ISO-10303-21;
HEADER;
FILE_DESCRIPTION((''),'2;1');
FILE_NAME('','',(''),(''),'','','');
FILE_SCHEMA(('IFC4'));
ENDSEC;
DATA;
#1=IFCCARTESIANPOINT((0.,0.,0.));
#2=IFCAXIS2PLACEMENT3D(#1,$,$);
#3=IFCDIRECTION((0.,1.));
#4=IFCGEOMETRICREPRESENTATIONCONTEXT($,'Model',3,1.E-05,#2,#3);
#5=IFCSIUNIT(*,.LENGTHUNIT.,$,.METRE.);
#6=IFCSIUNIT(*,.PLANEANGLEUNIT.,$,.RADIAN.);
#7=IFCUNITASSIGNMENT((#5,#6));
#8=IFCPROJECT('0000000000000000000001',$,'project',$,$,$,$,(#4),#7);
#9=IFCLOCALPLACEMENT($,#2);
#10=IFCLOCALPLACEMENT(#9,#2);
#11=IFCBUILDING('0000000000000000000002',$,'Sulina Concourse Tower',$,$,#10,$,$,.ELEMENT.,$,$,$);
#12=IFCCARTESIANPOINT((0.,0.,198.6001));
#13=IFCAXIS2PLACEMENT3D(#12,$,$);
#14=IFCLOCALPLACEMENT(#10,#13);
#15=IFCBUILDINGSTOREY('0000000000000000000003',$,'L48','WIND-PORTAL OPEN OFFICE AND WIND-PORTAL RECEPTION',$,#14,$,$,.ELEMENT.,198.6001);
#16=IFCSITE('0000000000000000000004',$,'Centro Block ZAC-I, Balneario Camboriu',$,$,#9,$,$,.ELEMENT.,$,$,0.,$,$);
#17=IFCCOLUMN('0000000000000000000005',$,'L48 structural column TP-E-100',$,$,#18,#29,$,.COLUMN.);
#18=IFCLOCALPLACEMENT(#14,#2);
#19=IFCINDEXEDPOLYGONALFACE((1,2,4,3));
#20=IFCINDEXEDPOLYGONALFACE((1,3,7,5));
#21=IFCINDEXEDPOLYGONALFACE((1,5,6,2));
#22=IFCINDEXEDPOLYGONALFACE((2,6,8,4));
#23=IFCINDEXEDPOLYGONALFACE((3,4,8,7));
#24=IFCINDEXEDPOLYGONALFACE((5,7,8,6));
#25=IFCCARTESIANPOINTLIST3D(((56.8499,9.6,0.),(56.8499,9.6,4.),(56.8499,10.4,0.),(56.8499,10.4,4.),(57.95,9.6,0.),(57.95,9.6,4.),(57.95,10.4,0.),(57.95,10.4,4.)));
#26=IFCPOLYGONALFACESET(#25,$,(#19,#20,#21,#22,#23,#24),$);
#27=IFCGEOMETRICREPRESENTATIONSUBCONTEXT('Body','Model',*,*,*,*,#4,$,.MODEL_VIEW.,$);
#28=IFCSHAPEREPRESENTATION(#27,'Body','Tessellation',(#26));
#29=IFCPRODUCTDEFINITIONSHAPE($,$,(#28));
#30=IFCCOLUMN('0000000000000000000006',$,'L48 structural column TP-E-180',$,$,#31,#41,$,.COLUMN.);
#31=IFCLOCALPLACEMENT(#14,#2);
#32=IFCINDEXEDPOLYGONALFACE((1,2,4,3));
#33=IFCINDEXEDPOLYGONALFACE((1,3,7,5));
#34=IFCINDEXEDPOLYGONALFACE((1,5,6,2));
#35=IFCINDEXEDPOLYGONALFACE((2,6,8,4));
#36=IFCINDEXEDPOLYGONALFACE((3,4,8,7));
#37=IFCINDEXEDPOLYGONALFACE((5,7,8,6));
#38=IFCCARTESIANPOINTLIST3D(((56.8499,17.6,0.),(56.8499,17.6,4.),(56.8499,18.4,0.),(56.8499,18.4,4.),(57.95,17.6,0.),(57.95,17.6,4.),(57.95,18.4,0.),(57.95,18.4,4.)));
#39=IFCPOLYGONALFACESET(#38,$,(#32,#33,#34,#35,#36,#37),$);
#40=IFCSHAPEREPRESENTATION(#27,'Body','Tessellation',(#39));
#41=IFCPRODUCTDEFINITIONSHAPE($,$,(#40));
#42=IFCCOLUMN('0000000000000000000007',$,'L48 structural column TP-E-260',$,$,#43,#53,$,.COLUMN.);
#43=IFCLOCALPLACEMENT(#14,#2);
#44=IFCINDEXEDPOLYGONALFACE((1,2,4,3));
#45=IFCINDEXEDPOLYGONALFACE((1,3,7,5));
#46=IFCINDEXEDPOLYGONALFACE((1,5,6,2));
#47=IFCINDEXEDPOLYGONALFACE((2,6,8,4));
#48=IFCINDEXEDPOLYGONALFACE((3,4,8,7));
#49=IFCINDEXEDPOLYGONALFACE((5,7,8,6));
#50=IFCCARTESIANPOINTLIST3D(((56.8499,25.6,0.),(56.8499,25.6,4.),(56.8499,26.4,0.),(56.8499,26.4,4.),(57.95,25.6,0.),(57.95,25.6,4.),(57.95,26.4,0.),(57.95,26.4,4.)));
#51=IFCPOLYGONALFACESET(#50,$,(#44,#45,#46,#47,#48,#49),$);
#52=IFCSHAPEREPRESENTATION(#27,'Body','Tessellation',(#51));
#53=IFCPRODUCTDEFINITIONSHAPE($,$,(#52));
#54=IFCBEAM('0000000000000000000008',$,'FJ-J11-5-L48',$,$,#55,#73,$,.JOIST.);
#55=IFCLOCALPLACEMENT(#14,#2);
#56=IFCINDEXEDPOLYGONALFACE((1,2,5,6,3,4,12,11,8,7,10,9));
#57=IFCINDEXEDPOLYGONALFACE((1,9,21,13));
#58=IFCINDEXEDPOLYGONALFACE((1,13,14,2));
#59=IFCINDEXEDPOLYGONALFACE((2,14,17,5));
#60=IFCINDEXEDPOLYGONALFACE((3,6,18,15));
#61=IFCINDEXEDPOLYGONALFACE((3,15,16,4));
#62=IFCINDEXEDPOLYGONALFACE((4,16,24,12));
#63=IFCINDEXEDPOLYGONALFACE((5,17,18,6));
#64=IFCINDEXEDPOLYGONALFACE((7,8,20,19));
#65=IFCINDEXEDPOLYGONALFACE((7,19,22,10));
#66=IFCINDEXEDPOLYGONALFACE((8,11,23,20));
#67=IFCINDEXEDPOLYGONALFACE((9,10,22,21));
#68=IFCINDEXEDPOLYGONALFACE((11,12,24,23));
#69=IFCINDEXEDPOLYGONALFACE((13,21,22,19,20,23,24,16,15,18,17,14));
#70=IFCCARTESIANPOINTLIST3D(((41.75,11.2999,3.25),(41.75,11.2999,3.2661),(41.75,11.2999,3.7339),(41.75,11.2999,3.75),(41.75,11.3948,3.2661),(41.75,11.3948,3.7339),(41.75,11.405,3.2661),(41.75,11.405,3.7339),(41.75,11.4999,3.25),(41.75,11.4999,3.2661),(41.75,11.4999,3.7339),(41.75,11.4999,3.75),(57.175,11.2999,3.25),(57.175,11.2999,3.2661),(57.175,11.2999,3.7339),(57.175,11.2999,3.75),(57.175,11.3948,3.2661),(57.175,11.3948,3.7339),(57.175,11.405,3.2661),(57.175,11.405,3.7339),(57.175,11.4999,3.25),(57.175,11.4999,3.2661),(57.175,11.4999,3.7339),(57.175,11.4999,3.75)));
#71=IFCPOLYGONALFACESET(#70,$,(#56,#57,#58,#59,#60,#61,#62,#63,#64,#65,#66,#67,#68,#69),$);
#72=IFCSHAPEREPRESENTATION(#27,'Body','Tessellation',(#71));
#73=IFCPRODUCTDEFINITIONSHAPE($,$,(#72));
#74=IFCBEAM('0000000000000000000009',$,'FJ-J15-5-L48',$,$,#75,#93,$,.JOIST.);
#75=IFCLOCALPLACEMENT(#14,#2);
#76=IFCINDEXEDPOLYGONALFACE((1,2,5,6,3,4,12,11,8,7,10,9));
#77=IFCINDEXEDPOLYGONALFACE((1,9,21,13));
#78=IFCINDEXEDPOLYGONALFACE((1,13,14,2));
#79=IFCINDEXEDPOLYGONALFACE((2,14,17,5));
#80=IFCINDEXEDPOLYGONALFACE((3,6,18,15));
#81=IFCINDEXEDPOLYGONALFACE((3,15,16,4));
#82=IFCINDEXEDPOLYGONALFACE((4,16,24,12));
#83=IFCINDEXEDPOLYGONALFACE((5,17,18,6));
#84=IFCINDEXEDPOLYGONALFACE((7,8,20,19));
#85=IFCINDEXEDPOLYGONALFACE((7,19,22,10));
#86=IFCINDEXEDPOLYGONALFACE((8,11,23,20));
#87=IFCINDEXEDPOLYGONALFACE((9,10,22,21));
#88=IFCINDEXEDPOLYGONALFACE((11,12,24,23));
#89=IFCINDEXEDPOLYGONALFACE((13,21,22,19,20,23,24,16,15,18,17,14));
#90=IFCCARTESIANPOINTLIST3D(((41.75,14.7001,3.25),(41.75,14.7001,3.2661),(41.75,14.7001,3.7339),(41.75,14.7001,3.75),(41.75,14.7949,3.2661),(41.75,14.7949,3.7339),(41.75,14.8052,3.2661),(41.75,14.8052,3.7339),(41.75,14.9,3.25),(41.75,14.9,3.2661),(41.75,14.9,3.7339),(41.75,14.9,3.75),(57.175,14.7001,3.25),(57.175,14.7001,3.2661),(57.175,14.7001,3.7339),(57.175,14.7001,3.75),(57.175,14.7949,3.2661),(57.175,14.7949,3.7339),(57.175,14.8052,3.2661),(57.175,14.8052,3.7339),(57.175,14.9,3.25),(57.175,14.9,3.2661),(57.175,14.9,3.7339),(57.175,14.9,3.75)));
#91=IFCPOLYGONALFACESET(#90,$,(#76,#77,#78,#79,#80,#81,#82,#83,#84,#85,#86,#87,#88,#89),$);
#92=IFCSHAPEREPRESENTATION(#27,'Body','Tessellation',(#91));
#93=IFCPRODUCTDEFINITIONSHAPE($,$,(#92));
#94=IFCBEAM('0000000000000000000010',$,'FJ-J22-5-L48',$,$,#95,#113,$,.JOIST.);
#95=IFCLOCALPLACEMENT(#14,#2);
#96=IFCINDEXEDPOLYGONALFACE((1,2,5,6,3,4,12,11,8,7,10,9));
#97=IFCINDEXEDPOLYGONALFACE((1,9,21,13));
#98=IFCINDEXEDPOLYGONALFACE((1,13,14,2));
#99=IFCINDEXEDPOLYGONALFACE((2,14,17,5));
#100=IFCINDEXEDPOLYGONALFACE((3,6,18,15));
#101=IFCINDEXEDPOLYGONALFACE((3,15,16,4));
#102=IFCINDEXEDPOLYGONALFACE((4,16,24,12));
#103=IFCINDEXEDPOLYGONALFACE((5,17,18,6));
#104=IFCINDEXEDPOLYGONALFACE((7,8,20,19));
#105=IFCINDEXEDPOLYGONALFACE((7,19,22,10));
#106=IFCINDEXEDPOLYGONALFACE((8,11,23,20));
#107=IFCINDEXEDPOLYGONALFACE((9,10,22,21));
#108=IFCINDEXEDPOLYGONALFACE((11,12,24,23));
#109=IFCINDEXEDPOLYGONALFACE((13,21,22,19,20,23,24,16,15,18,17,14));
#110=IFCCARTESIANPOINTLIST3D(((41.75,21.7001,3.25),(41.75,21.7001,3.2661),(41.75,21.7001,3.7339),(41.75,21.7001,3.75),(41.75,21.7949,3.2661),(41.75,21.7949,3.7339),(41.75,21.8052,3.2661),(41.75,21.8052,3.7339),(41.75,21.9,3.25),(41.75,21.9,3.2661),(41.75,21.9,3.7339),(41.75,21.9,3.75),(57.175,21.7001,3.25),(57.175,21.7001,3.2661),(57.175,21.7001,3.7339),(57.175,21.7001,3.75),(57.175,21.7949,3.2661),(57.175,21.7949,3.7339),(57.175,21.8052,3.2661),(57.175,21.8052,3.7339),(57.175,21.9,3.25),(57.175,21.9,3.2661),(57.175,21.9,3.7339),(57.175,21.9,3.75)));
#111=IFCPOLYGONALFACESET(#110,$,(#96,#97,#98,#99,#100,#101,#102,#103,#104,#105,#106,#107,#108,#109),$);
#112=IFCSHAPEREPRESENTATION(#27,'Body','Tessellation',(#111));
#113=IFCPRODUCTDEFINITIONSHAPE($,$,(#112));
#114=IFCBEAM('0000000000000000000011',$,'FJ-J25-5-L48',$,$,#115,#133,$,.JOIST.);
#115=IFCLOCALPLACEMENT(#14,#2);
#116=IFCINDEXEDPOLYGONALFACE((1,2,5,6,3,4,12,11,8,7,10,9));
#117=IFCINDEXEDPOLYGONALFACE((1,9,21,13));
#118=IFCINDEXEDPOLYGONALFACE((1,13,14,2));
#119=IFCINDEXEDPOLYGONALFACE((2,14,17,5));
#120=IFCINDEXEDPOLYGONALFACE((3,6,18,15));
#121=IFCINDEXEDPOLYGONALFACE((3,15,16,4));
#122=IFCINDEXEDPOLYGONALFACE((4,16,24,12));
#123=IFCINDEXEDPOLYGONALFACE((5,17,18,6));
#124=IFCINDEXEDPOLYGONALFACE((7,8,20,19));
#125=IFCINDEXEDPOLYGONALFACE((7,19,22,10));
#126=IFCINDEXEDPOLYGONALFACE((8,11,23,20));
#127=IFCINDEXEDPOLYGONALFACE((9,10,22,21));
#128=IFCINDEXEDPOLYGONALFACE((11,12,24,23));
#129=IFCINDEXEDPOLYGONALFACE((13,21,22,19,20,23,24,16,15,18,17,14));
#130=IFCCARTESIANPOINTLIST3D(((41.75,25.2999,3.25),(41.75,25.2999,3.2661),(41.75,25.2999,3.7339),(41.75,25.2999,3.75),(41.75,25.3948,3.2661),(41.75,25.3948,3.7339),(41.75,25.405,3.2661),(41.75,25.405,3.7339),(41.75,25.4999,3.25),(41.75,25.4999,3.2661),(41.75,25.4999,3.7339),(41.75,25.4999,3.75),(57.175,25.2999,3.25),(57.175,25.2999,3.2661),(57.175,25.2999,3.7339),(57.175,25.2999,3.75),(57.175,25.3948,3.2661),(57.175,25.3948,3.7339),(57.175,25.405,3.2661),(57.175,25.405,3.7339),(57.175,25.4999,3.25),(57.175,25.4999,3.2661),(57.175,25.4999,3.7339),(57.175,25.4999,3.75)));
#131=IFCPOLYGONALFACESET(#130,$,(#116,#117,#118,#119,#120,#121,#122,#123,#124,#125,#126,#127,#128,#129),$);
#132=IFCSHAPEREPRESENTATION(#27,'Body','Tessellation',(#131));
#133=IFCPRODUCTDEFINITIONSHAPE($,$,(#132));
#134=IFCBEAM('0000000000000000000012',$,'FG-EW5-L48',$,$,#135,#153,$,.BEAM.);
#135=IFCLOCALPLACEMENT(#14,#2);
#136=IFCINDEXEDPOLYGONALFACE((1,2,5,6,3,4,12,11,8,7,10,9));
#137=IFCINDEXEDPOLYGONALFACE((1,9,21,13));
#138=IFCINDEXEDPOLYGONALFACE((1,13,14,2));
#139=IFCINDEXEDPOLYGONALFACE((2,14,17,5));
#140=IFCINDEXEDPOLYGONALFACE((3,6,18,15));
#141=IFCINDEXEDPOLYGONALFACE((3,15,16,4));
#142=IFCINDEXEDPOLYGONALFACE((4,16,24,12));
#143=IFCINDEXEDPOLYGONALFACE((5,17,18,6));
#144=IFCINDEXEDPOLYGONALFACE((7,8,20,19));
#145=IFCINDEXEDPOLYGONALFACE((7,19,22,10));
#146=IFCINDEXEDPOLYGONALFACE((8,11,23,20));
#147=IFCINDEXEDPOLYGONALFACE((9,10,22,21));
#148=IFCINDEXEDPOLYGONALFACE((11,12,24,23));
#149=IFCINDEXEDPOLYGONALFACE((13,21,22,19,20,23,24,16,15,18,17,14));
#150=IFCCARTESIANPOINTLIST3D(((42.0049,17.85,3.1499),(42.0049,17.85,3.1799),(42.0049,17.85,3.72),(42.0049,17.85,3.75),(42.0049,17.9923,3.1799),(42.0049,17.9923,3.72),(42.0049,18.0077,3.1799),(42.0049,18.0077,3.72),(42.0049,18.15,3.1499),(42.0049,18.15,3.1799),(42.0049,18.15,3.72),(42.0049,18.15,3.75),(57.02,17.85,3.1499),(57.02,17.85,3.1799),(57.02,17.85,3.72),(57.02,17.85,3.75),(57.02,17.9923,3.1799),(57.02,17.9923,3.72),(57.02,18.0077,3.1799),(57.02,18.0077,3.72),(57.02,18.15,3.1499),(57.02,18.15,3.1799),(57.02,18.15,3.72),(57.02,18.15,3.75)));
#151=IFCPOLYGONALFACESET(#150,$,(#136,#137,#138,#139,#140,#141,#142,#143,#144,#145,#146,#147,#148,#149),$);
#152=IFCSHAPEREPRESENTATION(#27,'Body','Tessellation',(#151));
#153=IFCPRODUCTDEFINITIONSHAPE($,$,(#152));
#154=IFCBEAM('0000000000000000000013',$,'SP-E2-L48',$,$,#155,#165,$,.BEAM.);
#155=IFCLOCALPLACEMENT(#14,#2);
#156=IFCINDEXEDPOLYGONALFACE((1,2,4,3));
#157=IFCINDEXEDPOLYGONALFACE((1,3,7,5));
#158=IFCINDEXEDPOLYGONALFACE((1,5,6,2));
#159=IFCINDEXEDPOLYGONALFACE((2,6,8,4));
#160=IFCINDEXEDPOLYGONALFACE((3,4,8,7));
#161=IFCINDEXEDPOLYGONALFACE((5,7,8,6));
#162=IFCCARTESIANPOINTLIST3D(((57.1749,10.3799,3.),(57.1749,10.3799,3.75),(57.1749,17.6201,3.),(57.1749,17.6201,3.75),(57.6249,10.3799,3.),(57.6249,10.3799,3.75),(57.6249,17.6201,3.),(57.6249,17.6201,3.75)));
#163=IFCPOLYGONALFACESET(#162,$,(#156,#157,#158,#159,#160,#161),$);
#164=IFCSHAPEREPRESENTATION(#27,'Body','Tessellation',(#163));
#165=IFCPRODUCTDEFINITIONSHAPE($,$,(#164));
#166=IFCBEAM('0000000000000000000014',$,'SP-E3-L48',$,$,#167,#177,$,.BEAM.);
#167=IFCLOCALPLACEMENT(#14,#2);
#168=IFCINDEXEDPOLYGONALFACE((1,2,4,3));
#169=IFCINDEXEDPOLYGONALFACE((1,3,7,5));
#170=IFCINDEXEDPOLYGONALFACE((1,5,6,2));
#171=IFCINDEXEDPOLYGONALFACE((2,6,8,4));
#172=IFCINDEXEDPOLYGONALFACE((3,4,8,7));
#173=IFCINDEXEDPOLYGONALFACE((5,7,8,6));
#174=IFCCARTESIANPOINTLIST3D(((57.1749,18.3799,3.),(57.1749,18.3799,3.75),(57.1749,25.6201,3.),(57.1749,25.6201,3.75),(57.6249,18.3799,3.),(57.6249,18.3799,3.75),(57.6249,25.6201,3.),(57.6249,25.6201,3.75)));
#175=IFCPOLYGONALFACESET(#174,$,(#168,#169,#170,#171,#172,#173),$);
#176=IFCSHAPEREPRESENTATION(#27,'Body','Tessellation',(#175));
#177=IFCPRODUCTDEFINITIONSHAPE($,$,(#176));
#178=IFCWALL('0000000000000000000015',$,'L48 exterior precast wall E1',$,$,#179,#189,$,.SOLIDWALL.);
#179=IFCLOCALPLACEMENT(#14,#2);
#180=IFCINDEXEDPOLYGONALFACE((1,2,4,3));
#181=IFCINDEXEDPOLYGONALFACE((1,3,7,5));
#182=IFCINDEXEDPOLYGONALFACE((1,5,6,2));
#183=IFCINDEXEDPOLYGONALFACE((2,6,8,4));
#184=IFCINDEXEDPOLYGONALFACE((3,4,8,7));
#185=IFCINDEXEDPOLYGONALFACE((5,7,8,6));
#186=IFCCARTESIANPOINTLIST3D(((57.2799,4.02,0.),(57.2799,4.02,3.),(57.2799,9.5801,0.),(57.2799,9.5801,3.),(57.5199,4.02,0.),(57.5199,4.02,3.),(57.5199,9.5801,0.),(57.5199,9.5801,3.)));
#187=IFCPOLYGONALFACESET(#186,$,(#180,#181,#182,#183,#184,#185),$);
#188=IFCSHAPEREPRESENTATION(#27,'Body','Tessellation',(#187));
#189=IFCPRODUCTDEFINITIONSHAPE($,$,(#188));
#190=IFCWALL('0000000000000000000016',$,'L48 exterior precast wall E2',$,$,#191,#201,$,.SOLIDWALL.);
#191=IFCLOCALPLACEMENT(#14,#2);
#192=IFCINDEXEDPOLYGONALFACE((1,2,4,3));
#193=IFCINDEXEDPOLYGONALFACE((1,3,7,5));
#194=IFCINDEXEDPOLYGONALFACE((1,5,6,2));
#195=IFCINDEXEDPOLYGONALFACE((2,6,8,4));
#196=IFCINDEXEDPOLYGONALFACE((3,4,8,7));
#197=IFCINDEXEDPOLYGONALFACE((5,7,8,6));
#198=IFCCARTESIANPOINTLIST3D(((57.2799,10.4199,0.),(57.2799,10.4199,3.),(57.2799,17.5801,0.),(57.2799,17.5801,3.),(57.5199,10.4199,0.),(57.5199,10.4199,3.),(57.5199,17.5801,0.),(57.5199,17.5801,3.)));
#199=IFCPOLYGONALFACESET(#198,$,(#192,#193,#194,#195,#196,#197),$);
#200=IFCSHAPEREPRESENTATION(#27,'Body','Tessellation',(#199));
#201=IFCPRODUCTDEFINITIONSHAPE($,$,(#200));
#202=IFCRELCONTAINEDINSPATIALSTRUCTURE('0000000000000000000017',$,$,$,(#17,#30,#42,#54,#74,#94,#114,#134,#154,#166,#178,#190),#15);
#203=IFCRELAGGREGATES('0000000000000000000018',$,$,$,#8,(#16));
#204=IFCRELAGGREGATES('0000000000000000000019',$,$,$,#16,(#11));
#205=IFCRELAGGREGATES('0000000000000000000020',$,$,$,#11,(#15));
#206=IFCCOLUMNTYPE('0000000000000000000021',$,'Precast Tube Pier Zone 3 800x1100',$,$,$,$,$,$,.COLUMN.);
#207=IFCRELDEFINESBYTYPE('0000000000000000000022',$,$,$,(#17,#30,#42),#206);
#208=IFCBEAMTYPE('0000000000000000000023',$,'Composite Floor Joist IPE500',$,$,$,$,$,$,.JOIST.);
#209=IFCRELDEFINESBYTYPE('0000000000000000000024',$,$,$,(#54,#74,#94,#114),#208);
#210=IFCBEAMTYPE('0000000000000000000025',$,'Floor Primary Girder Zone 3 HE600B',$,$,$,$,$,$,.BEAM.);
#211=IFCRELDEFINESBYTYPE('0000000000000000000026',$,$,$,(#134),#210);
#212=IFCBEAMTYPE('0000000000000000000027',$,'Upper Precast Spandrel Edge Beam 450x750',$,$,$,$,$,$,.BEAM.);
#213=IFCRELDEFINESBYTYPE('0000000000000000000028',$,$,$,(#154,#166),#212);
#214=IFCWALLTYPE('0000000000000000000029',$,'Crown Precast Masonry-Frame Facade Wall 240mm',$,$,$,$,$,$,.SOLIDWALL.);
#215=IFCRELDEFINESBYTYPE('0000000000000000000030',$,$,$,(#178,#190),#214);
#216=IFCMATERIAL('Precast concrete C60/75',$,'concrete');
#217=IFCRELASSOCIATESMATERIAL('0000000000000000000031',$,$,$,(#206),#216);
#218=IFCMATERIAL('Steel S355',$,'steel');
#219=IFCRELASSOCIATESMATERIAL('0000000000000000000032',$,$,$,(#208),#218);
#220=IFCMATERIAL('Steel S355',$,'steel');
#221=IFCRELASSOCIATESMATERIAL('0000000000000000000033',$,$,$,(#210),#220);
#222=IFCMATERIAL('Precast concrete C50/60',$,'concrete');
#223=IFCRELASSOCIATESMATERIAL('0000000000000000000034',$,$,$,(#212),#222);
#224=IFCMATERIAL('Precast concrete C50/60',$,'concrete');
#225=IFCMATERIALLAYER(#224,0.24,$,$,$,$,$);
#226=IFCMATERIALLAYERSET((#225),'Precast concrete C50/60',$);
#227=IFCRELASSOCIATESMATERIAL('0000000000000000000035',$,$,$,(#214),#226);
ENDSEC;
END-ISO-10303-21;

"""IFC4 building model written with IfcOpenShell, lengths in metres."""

from ifc_helpers import new_model, si_unit, direction, frame, frame_2d, origin, origin_2d, place, context, subcontext, project, spatial, rectangle, i_section, extrude, material, layer, layer_set, material_profile, profile_set, type_object, element, save


model = new_model("IFC4")

# Units and contexts
model_context = context("Model", 3, precision=1e-05, world=origin(), true_north=direction((0.0, 1.0)))
body_context = subcontext(model_context, "Body", "Model", "MODEL_VIEW")
ifc_project = project(units=[si_unit("LENGTHUNIT", "METRE"), si_unit("PLANEANGLEUNIT", "RADIAN")], contexts=[model_context])

# Site, building, storey
site_placement = place(None, origin())
site = spatial("IfcSite", under=ifc_project, at=site_placement, Name="Centro Block ZAC-I, Balneario Camboriu", CompositionType="ELEMENT", RefElevation=0.0)
building_placement = place(site_placement, origin())
building = spatial("IfcBuilding", under=site, at=building_placement, Name="Sulina Concourse Tower", CompositionType="ELEMENT")
storey_placement = place(building_placement, frame((0.0, 0.0, 198.6001)))
storey = spatial("IfcBuildingStorey", under=building, at=storey_placement, Name="L48", Description="WIND-PORTAL OPEN OFFICE AND WIND-PORTAL RECEPTION", CompositionType="ELEMENT", Elevation=198.6001)

# Columns
ifc_material_1 = material(Name="Precast concrete C60/75", Category="concrete")
ifc_material_profile_1 = material_profile(ifc_material_1, rectangle(XDim=0.8, YDim=1.1001, at=origin_2d()), Name="PC 800x1100")
ifc_profile_set_1 = profile_set([ifc_material_profile_1], Name="Precast concrete C60/75")
column_type = type_object("IfcColumnType", Name="Precast Tube Pier Zone 3 800x1100", PredefinedType="COLUMN", material=ifc_profile_set_1)
for number, where, z_axis, x_axis, name in (
    (1, (57.3999, 10.0, 0.0), (0.0, 0.0, 1.0), (0.0, 1.0, 0.0), "L48 structural column TP-E-100"),
    (2, (57.3999, 18.0, 0.0), (0.0, 0.0, 1.0), (0.0, 1.0, 0.0), "L48 structural column TP-E-180"),
    (3, (57.3999, 26.0, 0.0), (0.0, 0.0, 1.0), (0.0, 1.0, 0.0), "L48 structural column TP-E-260"),
):
    element("IfcColumn", number, at=place(storey_placement, frame(where, z_axis=z_axis, x_axis=x_axis)), inside=storey, type_object=column_type, Name=name, PredefinedType="COLUMN", context=body_context, shape_type="SweptSolid", body=[
        extrude(rectangle(XDim=0.8, YDim=1.1001, at=origin_2d()), origin(), (0.0, 0.0, 1.0), 4.0),
    ])

# Beams
ifc_material_2 = material(Name="Steel S355", Category="steel")
ifc_material_profile_2 = material_profile(ifc_material_2, i_section(OverallWidth=0.2, OverallDepth=0.5, WebThickness=0.0103, FlangeThickness=0.0161, at=origin_2d()), Name="IPE 500")
ifc_profile_set_2 = profile_set([ifc_material_profile_2], Name="Steel S355")
beam_type_1 = type_object("IfcBeamType", Name="Composite Floor Joist IPE500", PredefinedType="JOIST", material=ifc_profile_set_2)
for number, where, z_axis, x_axis, name in (
    (4, (41.75, 11.3999, 3.5), (1.0, 0.0, 0.0), (0.0, 1.0, 0.0), "FJ-J11-5-L48"),
    (5, (41.75, 14.8, 3.5), (1.0, 0.0, 0.0), (0.0, 1.0, 0.0), "FJ-J15-5-L48"),
    (6, (41.75, 21.8, 3.5), (1.0, 0.0, 0.0), (0.0, 1.0, 0.0), "FJ-J22-5-L48"),
    (7, (41.75, 25.3999, 3.5), (1.0, 0.0, 0.0), (0.0, 1.0, 0.0), "FJ-J25-5-L48"),
):
    element("IfcBeam", number, at=place(storey_placement, frame(where, z_axis=z_axis, x_axis=x_axis)), inside=storey, type_object=beam_type_1, Name=name, PredefinedType="JOIST", context=body_context, shape_type="SweptSolid", body=[
        extrude(i_section(OverallWidth=0.2, OverallDepth=0.5, WebThickness=0.0103, FlangeThickness=0.0161, at=origin_2d()), origin(), (0.0, 0.0, 1.0), 15.425),
    ])
ifc_material_3 = material(Name="Steel S355", Category="steel")
ifc_material_profile_3 = material_profile(ifc_material_3, i_section(OverallWidth=0.3, OverallDepth=0.6001, WebThickness=0.0154, FlangeThickness=0.03, at=origin_2d()), Name="HE 600 B")
ifc_profile_set_3 = profile_set([ifc_material_profile_3], Name="Steel S355")
beam_type_2 = type_object("IfcBeamType", Name="Floor Primary Girder Zone 3 HE600B", PredefinedType="BEAM", material=ifc_profile_set_3)
beam_placement = place(storey_placement, frame((42.0049, 18.0, 3.45), z_axis=(1.0, 0.0, 0.0), x_axis=(0.0, 1.0, 0.0)))
element("IfcBeam", 8, at=beam_placement, inside=storey, type_object=beam_type_2, Name="FG-EW5-L48", PredefinedType="BEAM", context=body_context, shape_type="SweptSolid", body=[
    extrude(i_section(OverallWidth=0.3, OverallDepth=0.6001, WebThickness=0.0154, FlangeThickness=0.03, at=origin_2d()), origin(), (0.0, 0.0, 1.0), 15.0151),
])
ifc_material_4 = material(Name="Precast concrete C50/60", Category="concrete")
ifc_material_profile_4 = material_profile(ifc_material_4, rectangle(XDim=0.45, YDim=0.75, at=origin_2d()), Name="RC 450x750")
ifc_profile_set_4 = profile_set([ifc_material_profile_4], Name="Precast concrete C50/60")
beam_type_3 = type_object("IfcBeamType", Name="Upper Precast Spandrel Edge Beam 450x750", PredefinedType="BEAM", material=ifc_profile_set_4)
for number, where, z_axis, x_axis, name in (
    (9, (57.3999, 10.3799, 3.375), (0.0, 1.0, 0.0), (-1.0, 0.0, 0.0), "SP-E2-L48"),
    (10, (57.3999, 18.3799, 3.375), (0.0, 1.0, 0.0), (-1.0, 0.0, 0.0), "SP-E3-L48"),
):
    element("IfcBeam", number, at=place(storey_placement, frame(where, z_axis=z_axis, x_axis=x_axis)), inside=storey, type_object=beam_type_3, Name=name, PredefinedType="BEAM", context=body_context, shape_type="SweptSolid", body=[
        extrude(rectangle(XDim=0.45, YDim=0.75, at=origin_2d()), origin(), (0.0, 0.0, 1.0), 7.2402),
    ])

# Walls
ifc_material_5 = material(Name="Precast concrete C50/60", Category="concrete")
ifc_layer_1 = layer(ifc_material_5, 0.24)
ifc_layer_set_1 = layer_set([ifc_layer_1], Name="Precast concrete C50/60")
wall_type_1 = type_object("IfcWallType", Name="Crown Precast Masonry-Frame Facade Wall 240mm", PredefinedType="SOLIDWALL", material=ifc_layer_set_1)
wall_1_placement = place(storey_placement, frame((57.3999, 9.5801, 0.0), z_axis=(0.0, 0.0, 1.0), x_axis=(0.0, -1.0, 0.0)))
element("IfcWall", 11, at=wall_1_placement, inside=storey, type_object=wall_type_1, Name="L48 exterior precast wall E1", PredefinedType="SOLIDWALL", context=body_context, shape_type="SweptSolid", body=[
    extrude(rectangle(XDim=5.5601, YDim=0.24, at=frame_2d((2.78, 0.0))), origin(), (0.0, 0.0, 1.0), 3.0),
])
for number, where, z_axis, x_axis, name in (
    (12, (57.3999, 17.5801, 0.0), (0.0, 0.0, 1.0), (0.0, -1.0, 0.0), "L48 exterior precast wall E2"),
):
    element("IfcWall", number, at=place(storey_placement, frame(where, z_axis=z_axis, x_axis=x_axis)), inside=storey, type_object=wall_type_1, Name=name, PredefinedType="SOLIDWALL", context=body_context, shape_type="SweptSolid", body=[
        extrude(rectangle(XDim=7.1602, YDim=0.24, at=frame_2d((3.5801, 0.0))), origin(), (0.0, 0.0, 1.0), 3.0),
    ])

save(model, "model.ifc")
